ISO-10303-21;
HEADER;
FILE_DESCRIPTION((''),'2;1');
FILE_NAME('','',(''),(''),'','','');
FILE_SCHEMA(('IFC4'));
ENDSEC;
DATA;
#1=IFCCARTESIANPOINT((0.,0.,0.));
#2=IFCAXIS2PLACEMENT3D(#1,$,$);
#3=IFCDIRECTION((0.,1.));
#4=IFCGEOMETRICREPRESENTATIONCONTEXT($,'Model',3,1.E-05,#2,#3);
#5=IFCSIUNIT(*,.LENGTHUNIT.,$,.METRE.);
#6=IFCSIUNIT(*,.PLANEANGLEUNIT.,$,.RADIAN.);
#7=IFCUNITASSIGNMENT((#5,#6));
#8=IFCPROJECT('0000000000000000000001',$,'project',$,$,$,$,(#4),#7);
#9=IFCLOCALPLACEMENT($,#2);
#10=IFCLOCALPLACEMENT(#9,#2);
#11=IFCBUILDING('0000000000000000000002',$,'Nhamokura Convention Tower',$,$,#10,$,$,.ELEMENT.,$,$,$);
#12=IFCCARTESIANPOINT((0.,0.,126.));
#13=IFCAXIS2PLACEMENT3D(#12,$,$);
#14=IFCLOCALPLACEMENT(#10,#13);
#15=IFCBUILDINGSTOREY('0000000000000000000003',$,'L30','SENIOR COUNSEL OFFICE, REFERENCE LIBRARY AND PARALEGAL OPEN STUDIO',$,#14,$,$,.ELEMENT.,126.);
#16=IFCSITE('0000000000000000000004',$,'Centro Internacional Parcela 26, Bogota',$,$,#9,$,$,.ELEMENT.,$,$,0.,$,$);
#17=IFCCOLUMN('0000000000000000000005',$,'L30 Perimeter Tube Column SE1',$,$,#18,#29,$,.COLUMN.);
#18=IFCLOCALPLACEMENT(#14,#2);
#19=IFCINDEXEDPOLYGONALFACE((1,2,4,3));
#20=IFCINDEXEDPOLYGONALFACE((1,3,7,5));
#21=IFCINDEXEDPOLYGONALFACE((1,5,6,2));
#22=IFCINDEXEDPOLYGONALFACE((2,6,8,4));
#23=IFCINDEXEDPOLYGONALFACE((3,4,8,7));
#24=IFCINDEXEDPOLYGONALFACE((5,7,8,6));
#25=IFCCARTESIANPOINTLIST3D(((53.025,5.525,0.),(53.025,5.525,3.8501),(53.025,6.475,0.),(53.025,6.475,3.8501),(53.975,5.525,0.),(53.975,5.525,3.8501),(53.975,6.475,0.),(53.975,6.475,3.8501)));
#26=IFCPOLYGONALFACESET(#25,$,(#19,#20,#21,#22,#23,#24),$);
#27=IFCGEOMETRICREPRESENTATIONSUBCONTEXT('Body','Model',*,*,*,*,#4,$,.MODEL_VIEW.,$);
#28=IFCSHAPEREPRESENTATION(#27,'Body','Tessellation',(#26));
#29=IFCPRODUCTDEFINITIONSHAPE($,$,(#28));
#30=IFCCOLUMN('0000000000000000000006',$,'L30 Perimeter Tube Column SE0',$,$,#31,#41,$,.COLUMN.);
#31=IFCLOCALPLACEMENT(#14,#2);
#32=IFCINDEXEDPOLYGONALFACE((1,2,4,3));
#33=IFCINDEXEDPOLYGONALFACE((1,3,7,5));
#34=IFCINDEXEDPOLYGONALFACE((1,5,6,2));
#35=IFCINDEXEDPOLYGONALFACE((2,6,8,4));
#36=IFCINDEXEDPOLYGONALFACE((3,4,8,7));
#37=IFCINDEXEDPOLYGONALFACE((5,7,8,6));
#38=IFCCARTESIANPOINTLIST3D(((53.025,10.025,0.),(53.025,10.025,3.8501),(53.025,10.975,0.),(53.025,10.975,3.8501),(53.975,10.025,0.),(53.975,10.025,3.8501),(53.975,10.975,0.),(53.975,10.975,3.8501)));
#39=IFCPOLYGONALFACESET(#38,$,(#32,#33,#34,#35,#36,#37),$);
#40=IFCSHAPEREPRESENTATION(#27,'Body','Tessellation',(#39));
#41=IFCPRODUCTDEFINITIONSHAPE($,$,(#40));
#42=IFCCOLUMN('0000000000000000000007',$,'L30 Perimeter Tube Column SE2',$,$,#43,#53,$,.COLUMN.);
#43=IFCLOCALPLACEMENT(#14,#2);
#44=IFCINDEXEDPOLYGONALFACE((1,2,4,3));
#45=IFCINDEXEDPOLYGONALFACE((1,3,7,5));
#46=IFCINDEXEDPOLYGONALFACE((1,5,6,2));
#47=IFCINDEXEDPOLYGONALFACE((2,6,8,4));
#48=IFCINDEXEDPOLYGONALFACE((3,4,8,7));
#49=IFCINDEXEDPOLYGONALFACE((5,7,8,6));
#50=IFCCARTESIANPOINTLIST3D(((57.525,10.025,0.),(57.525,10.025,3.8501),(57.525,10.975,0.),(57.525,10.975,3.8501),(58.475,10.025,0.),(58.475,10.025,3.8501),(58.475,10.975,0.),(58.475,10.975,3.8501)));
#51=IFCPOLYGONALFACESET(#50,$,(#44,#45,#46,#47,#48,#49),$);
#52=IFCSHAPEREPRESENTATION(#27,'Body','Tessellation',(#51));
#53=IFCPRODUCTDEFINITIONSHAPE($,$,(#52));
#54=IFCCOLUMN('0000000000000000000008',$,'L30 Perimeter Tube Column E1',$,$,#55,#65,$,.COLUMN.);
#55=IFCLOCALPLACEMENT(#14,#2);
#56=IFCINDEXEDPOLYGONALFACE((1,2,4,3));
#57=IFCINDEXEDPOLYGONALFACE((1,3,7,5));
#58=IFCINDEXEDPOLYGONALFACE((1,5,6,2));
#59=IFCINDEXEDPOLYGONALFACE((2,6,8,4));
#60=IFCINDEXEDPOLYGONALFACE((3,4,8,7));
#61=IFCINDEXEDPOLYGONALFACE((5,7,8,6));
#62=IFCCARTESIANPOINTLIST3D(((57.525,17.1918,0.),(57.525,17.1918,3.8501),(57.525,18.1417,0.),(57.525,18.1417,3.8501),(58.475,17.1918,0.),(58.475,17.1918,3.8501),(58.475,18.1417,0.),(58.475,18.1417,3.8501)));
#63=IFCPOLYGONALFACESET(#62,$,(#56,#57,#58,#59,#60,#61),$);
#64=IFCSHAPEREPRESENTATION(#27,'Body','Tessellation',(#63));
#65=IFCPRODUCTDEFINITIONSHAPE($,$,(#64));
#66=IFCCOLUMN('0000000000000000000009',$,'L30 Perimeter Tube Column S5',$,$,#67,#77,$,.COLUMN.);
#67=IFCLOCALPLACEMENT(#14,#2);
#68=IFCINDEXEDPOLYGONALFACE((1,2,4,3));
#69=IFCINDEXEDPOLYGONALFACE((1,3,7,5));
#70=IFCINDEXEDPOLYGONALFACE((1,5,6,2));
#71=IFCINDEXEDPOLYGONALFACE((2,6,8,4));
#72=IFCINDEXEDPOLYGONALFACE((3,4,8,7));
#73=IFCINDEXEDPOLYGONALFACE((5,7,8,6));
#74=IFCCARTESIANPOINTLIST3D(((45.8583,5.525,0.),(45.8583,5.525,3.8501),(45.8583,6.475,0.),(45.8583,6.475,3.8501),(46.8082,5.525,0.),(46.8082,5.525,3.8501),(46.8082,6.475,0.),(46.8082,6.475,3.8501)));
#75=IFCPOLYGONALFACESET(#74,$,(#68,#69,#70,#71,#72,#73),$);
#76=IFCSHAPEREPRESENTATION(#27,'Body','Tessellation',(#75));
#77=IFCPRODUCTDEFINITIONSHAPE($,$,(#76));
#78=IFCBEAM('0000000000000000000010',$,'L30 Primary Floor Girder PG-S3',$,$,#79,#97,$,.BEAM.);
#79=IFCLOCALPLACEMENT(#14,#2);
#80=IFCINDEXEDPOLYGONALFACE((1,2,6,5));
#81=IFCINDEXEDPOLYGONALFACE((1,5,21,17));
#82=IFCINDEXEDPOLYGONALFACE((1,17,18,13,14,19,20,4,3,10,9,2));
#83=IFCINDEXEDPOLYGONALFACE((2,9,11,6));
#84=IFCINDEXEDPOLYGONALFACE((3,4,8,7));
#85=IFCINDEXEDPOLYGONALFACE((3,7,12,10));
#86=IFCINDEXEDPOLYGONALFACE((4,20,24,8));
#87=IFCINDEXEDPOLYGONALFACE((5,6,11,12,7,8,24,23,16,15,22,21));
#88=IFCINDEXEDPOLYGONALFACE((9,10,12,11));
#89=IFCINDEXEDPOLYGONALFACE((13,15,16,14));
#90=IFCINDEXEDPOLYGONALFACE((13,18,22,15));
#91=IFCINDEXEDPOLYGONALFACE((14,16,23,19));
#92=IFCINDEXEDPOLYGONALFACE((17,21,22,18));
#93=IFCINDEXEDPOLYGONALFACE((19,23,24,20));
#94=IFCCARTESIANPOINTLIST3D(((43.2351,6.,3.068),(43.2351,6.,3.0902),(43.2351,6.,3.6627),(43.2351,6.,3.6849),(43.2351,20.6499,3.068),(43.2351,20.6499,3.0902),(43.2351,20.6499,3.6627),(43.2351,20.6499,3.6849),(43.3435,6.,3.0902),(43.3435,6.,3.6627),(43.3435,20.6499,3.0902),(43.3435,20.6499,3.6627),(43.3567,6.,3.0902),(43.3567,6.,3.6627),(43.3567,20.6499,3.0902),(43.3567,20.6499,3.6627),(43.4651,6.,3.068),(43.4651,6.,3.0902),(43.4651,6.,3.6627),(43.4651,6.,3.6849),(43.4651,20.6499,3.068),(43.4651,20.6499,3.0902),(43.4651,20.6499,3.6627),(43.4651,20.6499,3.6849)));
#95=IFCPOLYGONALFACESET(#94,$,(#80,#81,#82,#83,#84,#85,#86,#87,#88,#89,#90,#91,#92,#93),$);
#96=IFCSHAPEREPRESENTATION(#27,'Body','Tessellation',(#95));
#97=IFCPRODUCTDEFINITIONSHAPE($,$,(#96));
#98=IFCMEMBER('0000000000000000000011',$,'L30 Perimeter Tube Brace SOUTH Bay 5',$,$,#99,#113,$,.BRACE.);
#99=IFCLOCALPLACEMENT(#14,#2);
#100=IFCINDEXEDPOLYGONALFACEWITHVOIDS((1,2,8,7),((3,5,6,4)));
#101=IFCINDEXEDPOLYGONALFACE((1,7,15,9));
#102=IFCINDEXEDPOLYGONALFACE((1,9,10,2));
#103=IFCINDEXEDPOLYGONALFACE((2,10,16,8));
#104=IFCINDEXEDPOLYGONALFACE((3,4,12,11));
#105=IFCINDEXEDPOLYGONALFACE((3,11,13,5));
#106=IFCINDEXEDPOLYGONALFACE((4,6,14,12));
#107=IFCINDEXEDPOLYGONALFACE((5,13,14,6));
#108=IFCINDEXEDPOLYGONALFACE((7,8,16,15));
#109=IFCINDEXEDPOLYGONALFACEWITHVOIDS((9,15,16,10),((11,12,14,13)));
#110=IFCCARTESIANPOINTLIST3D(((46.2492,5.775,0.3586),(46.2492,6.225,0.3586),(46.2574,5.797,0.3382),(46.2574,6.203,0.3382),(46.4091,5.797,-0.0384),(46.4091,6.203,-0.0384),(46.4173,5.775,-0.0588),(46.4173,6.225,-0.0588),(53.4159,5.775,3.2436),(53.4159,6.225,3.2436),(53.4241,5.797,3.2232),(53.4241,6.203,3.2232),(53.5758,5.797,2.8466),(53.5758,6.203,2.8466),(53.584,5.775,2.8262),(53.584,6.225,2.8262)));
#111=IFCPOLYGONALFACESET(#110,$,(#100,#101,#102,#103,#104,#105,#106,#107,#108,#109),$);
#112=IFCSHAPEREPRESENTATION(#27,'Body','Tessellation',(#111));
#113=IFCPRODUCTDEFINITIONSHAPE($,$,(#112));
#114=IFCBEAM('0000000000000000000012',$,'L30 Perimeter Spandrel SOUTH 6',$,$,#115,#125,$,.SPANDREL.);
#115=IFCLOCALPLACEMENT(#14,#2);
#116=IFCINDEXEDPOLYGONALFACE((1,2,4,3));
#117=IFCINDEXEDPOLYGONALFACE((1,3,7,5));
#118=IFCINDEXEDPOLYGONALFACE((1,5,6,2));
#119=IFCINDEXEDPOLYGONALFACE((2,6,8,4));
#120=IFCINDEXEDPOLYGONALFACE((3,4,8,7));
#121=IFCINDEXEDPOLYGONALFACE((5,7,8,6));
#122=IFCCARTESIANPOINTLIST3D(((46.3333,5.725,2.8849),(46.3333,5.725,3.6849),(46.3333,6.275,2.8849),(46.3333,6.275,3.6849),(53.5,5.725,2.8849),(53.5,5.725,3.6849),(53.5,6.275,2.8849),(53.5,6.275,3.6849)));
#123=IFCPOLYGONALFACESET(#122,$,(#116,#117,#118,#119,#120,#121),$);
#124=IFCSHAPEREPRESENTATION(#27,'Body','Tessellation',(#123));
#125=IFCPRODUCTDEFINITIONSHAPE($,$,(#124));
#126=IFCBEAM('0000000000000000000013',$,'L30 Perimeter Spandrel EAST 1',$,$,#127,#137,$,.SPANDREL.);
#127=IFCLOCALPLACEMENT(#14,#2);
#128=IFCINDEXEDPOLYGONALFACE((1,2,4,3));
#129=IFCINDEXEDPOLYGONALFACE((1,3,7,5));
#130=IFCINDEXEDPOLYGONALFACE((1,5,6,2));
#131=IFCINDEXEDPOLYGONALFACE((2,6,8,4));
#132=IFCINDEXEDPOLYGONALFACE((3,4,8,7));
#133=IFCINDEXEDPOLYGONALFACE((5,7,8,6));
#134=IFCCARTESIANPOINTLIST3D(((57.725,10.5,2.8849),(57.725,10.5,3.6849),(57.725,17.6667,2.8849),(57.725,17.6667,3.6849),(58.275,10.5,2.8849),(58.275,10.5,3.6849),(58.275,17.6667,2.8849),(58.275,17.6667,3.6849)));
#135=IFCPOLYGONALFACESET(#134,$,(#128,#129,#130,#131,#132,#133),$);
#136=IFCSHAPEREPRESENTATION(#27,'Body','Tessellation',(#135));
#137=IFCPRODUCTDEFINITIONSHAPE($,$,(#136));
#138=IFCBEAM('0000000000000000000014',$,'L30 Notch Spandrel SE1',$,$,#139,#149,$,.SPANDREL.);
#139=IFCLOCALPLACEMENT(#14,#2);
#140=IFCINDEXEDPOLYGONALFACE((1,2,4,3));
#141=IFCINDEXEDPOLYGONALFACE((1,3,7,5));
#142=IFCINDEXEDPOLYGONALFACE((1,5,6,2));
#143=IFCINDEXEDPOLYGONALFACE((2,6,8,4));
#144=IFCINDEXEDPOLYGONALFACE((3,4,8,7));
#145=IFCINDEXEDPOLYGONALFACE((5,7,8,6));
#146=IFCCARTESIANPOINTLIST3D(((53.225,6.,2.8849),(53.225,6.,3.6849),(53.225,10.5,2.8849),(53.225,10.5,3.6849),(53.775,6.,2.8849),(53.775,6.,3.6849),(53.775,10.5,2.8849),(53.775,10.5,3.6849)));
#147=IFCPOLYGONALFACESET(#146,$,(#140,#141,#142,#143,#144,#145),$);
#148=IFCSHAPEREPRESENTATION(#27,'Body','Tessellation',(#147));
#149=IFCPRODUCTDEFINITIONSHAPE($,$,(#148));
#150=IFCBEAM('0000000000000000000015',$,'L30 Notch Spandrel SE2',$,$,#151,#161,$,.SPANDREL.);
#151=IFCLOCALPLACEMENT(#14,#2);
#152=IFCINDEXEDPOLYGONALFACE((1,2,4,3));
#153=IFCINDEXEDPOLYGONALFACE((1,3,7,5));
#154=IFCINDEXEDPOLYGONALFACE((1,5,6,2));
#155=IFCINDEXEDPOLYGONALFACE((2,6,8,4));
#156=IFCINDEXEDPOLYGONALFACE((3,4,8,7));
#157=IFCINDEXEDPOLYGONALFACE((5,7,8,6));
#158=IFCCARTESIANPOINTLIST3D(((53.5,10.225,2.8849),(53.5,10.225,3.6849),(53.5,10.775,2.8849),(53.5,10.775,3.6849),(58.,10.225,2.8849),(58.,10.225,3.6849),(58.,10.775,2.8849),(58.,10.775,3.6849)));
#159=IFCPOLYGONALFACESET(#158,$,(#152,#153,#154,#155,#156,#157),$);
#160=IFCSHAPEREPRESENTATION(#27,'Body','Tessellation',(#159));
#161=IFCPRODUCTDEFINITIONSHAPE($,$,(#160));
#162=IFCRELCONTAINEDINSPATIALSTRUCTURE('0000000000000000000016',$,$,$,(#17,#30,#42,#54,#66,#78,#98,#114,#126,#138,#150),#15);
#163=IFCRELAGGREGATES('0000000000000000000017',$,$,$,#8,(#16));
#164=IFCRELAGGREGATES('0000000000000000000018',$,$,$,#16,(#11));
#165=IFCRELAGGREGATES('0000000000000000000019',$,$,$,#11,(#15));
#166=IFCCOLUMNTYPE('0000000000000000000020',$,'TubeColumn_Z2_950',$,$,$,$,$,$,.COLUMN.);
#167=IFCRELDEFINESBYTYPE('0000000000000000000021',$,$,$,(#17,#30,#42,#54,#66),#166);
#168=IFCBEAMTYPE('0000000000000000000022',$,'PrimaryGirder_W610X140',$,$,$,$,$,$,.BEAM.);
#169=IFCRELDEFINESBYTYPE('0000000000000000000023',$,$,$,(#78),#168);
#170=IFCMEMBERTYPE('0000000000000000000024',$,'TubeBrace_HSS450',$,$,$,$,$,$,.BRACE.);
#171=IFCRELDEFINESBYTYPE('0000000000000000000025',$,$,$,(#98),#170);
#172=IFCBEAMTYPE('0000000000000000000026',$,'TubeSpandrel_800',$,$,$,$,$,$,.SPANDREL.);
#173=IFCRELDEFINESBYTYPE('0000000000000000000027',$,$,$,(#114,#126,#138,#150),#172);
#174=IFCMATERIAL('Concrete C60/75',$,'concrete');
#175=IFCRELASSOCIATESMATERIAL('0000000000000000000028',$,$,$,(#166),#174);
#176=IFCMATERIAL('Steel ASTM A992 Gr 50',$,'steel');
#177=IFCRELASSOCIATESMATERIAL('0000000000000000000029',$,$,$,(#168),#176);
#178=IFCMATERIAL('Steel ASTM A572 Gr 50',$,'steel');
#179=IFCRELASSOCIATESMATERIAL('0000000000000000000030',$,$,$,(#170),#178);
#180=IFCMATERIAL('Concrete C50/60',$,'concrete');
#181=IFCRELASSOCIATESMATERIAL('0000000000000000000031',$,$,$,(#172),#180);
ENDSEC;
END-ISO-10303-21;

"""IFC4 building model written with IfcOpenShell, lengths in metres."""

from ifc_helpers import new_model, si_unit, direction, frame, origin, origin_2d, place, context, subcontext, project, spatial, rectangle, hollow_rectangle, i_section, extrude, material, material_profile, profile_set, type_object, element, save


model = new_model("IFC4")

# Units and contexts
model_context = context("Model", 3, precision=1e-05, world=origin(), true_north=direction((0.0, 1.0)))
body_context = subcontext(model_context, "Body", "Model", "MODEL_VIEW")
ifc_project = project(units=[si_unit("LENGTHUNIT", "METRE"), si_unit("PLANEANGLEUNIT", "RADIAN")], contexts=[model_context])

# Site, building, storey
site_placement = place(None, origin())
site = spatial("IfcSite", under=ifc_project, at=site_placement, Name="Centro Internacional Parcela 26, Bogota", CompositionType="ELEMENT", RefElevation=0.0)
building_placement = place(site_placement, origin())
building = spatial("IfcBuilding", under=site, at=building_placement, Name="Nhamokura Convention Tower", CompositionType="ELEMENT")
storey_placement = place(building_placement, frame((0.0, 0.0, 126.0)))
storey = spatial("IfcBuildingStorey", under=building, at=storey_placement, Name="L30", Description="SENIOR COUNSEL OFFICE, REFERENCE LIBRARY AND PARALEGAL OPEN STUDIO", CompositionType="ELEMENT", Elevation=126.0)

# Columns
ifc_material_1 = material(Name="Concrete C60/75", Category="concrete")
ifc_material_profile_1 = material_profile(ifc_material_1, rectangle(XDim=0.95, YDim=0.95, at=origin_2d()))
ifc_profile_set_1 = profile_set([ifc_material_profile_1], Name="Concrete C60/75")
column_type = type_object("IfcColumnType", Name="TubeColumn_Z2_950", PredefinedType="COLUMN", material=ifc_profile_set_1)
for number, where, z_axis, x_axis, name in (
    (1, (53.5, 6.0, 0.0), (0.0, 0.0, 1.0), (1.0, 0.0, 0.0), "L30 Perimeter Tube Column SE1"),
    (2, (53.5, 10.5, 0.0), (0.0, 0.0, 1.0), (1.0, 0.0, 0.0), "L30 Perimeter Tube Column SE0"),
    (3, (58.0, 10.5, 0.0), (0.0, 0.0, 1.0), (1.0, 0.0, 0.0), "L30 Perimeter Tube Column SE2"),
    (4, (58.0, 17.6667, 0.0), (0.0, 0.0, 1.0), (1.0, 0.0, 0.0), "L30 Perimeter Tube Column E1"),
    (5, (46.3333, 6.0, 0.0), (0.0, 0.0, 1.0), (1.0, 0.0, 0.0), "L30 Perimeter Tube Column S5"),
):
    element("IfcColumn", number, at=place(storey_placement, frame(where, z_axis=z_axis, x_axis=x_axis)), inside=storey, type_object=column_type, Name=name, PredefinedType="COLUMN", context=body_context, shape_type="SweptSolid", body=[
        extrude(rectangle(XDim=0.95, YDim=0.95, at=origin_2d()), origin(), (0.0, 0.0, 1.0), 3.8501),
    ])

# Beam
ifc_material_2 = material(Name="Steel ASTM A992 Gr 50", Category="steel")
ifc_material_profile_2 = material_profile(ifc_material_2, i_section(OverallWidth=0.23, OverallDepth=0.6169, WebThickness=0.0132, FlangeThickness=0.0222, at=origin_2d()))
ifc_profile_set_2 = profile_set([ifc_material_profile_2], Name="Steel ASTM A992 Gr 50")
beam_type_1 = type_object("IfcBeamType", Name="PrimaryGirder_W610X140", PredefinedType="BEAM", material=ifc_profile_set_2)
beam_placement = place(storey_placement, frame((43.3501, 6.0, 3.3765), z_axis=(0.0, 1.0, 0.0), x_axis=(-1.0, 0.0, 0.0)))
element("IfcBeam", 6, at=beam_placement, inside=storey, type_object=beam_type_1, Name="L30 Primary Floor Girder PG-S3", PredefinedType="BEAM", context=body_context, shape_type="SweptSolid", body=[
    extrude(i_section(OverallWidth=0.23, OverallDepth=0.6169, WebThickness=0.0132, FlangeThickness=0.0222, at=origin_2d()), origin(), (0.0, 0.0, 1.0), 14.6499),
])

# Member
ifc_material_3 = material(Name="Steel ASTM A572 Gr 50", Category="steel")
ifc_material_profile_3 = material_profile(ifc_material_3, hollow_rectangle(XDim=0.45, YDim=0.45, WallThickness=0.022, at=origin_2d()))
ifc_profile_set_3 = profile_set([ifc_material_profile_3], Name="Steel ASTM A572 Gr 50")
member_type = type_object("IfcMemberType", Name="TubeBrace_HSS450", PredefinedType="BRACE", material=ifc_profile_set_3)
member_placement = place(storey_placement, frame((46.3333, 6.0, 0.1499), z_axis=(0.927657, 0.0, 0.373433), x_axis=(0.0, 1.0, 0.0)))
element("IfcMember", 7, at=member_placement, inside=storey, type_object=member_type, Name="L30 Perimeter Tube Brace SOUTH Bay 5", PredefinedType="BRACE", context=body_context, shape_type="SweptSolid", body=[
    extrude(hollow_rectangle(XDim=0.45, YDim=0.45, WallThickness=0.022, at=origin_2d()), origin(), (0.0, 0.0, 1.0), 7.7256),
])

# Beams
ifc_material_4 = material(Name="Concrete C50/60", Category="concrete")
ifc_material_profile_4 = material_profile(ifc_material_4, rectangle(XDim=0.55, YDim=0.8, at=origin_2d()))
ifc_profile_set_4 = profile_set([ifc_material_profile_4], Name="Concrete C50/60")
beam_type_2 = type_object("IfcBeamType", Name="TubeSpandrel_800", PredefinedType="SPANDREL", material=ifc_profile_set_4)
for number, where, z_axis, x_axis, name in (
    (8, (46.3333, 6.0, 3.2849), (1.0, 0.0, 0.0), (0.0, 1.0, 0.0), "L30 Perimeter Spandrel SOUTH 6"),
    (9, (58.0, 10.5, 3.2849), (0.0, 1.0, 0.0), (-1.0, 0.0, 0.0), "L30 Perimeter Spandrel EAST 1"),
):
    element("IfcBeam", number, at=place(storey_placement, frame(where, z_axis=z_axis, x_axis=x_axis)), inside=storey, type_object=beam_type_2, Name=name, PredefinedType="SPANDREL", context=body_context, shape_type="SweptSolid", body=[
        extrude(rectangle(XDim=0.55, YDim=0.8, at=origin_2d()), origin(), (0.0, 0.0, 1.0), 7.1667),
    ])
for number, where, z_axis, x_axis, name in (
    (10, (53.5, 6.0, 3.2849), (0.0, 1.0, 0.0), (-1.0, 0.0, 0.0), "L30 Notch Spandrel SE1"),
    (11, (53.5, 10.5, 3.2849), (1.0, 0.0, 0.0), (0.0, 1.0, 0.0), "L30 Notch Spandrel SE2"),
):
    element("IfcBeam", number, at=place(storey_placement, frame(where, z_axis=z_axis, x_axis=x_axis)), inside=storey, type_object=beam_type_2, Name=name, PredefinedType="SPANDREL", context=body_context, shape_type="SweptSolid", body=[
        extrude(rectangle(XDim=0.55, YDim=0.8, at=origin_2d()), origin(), (0.0, 0.0, 1.0), 4.5),
    ])

save(model, "model.ifc")
